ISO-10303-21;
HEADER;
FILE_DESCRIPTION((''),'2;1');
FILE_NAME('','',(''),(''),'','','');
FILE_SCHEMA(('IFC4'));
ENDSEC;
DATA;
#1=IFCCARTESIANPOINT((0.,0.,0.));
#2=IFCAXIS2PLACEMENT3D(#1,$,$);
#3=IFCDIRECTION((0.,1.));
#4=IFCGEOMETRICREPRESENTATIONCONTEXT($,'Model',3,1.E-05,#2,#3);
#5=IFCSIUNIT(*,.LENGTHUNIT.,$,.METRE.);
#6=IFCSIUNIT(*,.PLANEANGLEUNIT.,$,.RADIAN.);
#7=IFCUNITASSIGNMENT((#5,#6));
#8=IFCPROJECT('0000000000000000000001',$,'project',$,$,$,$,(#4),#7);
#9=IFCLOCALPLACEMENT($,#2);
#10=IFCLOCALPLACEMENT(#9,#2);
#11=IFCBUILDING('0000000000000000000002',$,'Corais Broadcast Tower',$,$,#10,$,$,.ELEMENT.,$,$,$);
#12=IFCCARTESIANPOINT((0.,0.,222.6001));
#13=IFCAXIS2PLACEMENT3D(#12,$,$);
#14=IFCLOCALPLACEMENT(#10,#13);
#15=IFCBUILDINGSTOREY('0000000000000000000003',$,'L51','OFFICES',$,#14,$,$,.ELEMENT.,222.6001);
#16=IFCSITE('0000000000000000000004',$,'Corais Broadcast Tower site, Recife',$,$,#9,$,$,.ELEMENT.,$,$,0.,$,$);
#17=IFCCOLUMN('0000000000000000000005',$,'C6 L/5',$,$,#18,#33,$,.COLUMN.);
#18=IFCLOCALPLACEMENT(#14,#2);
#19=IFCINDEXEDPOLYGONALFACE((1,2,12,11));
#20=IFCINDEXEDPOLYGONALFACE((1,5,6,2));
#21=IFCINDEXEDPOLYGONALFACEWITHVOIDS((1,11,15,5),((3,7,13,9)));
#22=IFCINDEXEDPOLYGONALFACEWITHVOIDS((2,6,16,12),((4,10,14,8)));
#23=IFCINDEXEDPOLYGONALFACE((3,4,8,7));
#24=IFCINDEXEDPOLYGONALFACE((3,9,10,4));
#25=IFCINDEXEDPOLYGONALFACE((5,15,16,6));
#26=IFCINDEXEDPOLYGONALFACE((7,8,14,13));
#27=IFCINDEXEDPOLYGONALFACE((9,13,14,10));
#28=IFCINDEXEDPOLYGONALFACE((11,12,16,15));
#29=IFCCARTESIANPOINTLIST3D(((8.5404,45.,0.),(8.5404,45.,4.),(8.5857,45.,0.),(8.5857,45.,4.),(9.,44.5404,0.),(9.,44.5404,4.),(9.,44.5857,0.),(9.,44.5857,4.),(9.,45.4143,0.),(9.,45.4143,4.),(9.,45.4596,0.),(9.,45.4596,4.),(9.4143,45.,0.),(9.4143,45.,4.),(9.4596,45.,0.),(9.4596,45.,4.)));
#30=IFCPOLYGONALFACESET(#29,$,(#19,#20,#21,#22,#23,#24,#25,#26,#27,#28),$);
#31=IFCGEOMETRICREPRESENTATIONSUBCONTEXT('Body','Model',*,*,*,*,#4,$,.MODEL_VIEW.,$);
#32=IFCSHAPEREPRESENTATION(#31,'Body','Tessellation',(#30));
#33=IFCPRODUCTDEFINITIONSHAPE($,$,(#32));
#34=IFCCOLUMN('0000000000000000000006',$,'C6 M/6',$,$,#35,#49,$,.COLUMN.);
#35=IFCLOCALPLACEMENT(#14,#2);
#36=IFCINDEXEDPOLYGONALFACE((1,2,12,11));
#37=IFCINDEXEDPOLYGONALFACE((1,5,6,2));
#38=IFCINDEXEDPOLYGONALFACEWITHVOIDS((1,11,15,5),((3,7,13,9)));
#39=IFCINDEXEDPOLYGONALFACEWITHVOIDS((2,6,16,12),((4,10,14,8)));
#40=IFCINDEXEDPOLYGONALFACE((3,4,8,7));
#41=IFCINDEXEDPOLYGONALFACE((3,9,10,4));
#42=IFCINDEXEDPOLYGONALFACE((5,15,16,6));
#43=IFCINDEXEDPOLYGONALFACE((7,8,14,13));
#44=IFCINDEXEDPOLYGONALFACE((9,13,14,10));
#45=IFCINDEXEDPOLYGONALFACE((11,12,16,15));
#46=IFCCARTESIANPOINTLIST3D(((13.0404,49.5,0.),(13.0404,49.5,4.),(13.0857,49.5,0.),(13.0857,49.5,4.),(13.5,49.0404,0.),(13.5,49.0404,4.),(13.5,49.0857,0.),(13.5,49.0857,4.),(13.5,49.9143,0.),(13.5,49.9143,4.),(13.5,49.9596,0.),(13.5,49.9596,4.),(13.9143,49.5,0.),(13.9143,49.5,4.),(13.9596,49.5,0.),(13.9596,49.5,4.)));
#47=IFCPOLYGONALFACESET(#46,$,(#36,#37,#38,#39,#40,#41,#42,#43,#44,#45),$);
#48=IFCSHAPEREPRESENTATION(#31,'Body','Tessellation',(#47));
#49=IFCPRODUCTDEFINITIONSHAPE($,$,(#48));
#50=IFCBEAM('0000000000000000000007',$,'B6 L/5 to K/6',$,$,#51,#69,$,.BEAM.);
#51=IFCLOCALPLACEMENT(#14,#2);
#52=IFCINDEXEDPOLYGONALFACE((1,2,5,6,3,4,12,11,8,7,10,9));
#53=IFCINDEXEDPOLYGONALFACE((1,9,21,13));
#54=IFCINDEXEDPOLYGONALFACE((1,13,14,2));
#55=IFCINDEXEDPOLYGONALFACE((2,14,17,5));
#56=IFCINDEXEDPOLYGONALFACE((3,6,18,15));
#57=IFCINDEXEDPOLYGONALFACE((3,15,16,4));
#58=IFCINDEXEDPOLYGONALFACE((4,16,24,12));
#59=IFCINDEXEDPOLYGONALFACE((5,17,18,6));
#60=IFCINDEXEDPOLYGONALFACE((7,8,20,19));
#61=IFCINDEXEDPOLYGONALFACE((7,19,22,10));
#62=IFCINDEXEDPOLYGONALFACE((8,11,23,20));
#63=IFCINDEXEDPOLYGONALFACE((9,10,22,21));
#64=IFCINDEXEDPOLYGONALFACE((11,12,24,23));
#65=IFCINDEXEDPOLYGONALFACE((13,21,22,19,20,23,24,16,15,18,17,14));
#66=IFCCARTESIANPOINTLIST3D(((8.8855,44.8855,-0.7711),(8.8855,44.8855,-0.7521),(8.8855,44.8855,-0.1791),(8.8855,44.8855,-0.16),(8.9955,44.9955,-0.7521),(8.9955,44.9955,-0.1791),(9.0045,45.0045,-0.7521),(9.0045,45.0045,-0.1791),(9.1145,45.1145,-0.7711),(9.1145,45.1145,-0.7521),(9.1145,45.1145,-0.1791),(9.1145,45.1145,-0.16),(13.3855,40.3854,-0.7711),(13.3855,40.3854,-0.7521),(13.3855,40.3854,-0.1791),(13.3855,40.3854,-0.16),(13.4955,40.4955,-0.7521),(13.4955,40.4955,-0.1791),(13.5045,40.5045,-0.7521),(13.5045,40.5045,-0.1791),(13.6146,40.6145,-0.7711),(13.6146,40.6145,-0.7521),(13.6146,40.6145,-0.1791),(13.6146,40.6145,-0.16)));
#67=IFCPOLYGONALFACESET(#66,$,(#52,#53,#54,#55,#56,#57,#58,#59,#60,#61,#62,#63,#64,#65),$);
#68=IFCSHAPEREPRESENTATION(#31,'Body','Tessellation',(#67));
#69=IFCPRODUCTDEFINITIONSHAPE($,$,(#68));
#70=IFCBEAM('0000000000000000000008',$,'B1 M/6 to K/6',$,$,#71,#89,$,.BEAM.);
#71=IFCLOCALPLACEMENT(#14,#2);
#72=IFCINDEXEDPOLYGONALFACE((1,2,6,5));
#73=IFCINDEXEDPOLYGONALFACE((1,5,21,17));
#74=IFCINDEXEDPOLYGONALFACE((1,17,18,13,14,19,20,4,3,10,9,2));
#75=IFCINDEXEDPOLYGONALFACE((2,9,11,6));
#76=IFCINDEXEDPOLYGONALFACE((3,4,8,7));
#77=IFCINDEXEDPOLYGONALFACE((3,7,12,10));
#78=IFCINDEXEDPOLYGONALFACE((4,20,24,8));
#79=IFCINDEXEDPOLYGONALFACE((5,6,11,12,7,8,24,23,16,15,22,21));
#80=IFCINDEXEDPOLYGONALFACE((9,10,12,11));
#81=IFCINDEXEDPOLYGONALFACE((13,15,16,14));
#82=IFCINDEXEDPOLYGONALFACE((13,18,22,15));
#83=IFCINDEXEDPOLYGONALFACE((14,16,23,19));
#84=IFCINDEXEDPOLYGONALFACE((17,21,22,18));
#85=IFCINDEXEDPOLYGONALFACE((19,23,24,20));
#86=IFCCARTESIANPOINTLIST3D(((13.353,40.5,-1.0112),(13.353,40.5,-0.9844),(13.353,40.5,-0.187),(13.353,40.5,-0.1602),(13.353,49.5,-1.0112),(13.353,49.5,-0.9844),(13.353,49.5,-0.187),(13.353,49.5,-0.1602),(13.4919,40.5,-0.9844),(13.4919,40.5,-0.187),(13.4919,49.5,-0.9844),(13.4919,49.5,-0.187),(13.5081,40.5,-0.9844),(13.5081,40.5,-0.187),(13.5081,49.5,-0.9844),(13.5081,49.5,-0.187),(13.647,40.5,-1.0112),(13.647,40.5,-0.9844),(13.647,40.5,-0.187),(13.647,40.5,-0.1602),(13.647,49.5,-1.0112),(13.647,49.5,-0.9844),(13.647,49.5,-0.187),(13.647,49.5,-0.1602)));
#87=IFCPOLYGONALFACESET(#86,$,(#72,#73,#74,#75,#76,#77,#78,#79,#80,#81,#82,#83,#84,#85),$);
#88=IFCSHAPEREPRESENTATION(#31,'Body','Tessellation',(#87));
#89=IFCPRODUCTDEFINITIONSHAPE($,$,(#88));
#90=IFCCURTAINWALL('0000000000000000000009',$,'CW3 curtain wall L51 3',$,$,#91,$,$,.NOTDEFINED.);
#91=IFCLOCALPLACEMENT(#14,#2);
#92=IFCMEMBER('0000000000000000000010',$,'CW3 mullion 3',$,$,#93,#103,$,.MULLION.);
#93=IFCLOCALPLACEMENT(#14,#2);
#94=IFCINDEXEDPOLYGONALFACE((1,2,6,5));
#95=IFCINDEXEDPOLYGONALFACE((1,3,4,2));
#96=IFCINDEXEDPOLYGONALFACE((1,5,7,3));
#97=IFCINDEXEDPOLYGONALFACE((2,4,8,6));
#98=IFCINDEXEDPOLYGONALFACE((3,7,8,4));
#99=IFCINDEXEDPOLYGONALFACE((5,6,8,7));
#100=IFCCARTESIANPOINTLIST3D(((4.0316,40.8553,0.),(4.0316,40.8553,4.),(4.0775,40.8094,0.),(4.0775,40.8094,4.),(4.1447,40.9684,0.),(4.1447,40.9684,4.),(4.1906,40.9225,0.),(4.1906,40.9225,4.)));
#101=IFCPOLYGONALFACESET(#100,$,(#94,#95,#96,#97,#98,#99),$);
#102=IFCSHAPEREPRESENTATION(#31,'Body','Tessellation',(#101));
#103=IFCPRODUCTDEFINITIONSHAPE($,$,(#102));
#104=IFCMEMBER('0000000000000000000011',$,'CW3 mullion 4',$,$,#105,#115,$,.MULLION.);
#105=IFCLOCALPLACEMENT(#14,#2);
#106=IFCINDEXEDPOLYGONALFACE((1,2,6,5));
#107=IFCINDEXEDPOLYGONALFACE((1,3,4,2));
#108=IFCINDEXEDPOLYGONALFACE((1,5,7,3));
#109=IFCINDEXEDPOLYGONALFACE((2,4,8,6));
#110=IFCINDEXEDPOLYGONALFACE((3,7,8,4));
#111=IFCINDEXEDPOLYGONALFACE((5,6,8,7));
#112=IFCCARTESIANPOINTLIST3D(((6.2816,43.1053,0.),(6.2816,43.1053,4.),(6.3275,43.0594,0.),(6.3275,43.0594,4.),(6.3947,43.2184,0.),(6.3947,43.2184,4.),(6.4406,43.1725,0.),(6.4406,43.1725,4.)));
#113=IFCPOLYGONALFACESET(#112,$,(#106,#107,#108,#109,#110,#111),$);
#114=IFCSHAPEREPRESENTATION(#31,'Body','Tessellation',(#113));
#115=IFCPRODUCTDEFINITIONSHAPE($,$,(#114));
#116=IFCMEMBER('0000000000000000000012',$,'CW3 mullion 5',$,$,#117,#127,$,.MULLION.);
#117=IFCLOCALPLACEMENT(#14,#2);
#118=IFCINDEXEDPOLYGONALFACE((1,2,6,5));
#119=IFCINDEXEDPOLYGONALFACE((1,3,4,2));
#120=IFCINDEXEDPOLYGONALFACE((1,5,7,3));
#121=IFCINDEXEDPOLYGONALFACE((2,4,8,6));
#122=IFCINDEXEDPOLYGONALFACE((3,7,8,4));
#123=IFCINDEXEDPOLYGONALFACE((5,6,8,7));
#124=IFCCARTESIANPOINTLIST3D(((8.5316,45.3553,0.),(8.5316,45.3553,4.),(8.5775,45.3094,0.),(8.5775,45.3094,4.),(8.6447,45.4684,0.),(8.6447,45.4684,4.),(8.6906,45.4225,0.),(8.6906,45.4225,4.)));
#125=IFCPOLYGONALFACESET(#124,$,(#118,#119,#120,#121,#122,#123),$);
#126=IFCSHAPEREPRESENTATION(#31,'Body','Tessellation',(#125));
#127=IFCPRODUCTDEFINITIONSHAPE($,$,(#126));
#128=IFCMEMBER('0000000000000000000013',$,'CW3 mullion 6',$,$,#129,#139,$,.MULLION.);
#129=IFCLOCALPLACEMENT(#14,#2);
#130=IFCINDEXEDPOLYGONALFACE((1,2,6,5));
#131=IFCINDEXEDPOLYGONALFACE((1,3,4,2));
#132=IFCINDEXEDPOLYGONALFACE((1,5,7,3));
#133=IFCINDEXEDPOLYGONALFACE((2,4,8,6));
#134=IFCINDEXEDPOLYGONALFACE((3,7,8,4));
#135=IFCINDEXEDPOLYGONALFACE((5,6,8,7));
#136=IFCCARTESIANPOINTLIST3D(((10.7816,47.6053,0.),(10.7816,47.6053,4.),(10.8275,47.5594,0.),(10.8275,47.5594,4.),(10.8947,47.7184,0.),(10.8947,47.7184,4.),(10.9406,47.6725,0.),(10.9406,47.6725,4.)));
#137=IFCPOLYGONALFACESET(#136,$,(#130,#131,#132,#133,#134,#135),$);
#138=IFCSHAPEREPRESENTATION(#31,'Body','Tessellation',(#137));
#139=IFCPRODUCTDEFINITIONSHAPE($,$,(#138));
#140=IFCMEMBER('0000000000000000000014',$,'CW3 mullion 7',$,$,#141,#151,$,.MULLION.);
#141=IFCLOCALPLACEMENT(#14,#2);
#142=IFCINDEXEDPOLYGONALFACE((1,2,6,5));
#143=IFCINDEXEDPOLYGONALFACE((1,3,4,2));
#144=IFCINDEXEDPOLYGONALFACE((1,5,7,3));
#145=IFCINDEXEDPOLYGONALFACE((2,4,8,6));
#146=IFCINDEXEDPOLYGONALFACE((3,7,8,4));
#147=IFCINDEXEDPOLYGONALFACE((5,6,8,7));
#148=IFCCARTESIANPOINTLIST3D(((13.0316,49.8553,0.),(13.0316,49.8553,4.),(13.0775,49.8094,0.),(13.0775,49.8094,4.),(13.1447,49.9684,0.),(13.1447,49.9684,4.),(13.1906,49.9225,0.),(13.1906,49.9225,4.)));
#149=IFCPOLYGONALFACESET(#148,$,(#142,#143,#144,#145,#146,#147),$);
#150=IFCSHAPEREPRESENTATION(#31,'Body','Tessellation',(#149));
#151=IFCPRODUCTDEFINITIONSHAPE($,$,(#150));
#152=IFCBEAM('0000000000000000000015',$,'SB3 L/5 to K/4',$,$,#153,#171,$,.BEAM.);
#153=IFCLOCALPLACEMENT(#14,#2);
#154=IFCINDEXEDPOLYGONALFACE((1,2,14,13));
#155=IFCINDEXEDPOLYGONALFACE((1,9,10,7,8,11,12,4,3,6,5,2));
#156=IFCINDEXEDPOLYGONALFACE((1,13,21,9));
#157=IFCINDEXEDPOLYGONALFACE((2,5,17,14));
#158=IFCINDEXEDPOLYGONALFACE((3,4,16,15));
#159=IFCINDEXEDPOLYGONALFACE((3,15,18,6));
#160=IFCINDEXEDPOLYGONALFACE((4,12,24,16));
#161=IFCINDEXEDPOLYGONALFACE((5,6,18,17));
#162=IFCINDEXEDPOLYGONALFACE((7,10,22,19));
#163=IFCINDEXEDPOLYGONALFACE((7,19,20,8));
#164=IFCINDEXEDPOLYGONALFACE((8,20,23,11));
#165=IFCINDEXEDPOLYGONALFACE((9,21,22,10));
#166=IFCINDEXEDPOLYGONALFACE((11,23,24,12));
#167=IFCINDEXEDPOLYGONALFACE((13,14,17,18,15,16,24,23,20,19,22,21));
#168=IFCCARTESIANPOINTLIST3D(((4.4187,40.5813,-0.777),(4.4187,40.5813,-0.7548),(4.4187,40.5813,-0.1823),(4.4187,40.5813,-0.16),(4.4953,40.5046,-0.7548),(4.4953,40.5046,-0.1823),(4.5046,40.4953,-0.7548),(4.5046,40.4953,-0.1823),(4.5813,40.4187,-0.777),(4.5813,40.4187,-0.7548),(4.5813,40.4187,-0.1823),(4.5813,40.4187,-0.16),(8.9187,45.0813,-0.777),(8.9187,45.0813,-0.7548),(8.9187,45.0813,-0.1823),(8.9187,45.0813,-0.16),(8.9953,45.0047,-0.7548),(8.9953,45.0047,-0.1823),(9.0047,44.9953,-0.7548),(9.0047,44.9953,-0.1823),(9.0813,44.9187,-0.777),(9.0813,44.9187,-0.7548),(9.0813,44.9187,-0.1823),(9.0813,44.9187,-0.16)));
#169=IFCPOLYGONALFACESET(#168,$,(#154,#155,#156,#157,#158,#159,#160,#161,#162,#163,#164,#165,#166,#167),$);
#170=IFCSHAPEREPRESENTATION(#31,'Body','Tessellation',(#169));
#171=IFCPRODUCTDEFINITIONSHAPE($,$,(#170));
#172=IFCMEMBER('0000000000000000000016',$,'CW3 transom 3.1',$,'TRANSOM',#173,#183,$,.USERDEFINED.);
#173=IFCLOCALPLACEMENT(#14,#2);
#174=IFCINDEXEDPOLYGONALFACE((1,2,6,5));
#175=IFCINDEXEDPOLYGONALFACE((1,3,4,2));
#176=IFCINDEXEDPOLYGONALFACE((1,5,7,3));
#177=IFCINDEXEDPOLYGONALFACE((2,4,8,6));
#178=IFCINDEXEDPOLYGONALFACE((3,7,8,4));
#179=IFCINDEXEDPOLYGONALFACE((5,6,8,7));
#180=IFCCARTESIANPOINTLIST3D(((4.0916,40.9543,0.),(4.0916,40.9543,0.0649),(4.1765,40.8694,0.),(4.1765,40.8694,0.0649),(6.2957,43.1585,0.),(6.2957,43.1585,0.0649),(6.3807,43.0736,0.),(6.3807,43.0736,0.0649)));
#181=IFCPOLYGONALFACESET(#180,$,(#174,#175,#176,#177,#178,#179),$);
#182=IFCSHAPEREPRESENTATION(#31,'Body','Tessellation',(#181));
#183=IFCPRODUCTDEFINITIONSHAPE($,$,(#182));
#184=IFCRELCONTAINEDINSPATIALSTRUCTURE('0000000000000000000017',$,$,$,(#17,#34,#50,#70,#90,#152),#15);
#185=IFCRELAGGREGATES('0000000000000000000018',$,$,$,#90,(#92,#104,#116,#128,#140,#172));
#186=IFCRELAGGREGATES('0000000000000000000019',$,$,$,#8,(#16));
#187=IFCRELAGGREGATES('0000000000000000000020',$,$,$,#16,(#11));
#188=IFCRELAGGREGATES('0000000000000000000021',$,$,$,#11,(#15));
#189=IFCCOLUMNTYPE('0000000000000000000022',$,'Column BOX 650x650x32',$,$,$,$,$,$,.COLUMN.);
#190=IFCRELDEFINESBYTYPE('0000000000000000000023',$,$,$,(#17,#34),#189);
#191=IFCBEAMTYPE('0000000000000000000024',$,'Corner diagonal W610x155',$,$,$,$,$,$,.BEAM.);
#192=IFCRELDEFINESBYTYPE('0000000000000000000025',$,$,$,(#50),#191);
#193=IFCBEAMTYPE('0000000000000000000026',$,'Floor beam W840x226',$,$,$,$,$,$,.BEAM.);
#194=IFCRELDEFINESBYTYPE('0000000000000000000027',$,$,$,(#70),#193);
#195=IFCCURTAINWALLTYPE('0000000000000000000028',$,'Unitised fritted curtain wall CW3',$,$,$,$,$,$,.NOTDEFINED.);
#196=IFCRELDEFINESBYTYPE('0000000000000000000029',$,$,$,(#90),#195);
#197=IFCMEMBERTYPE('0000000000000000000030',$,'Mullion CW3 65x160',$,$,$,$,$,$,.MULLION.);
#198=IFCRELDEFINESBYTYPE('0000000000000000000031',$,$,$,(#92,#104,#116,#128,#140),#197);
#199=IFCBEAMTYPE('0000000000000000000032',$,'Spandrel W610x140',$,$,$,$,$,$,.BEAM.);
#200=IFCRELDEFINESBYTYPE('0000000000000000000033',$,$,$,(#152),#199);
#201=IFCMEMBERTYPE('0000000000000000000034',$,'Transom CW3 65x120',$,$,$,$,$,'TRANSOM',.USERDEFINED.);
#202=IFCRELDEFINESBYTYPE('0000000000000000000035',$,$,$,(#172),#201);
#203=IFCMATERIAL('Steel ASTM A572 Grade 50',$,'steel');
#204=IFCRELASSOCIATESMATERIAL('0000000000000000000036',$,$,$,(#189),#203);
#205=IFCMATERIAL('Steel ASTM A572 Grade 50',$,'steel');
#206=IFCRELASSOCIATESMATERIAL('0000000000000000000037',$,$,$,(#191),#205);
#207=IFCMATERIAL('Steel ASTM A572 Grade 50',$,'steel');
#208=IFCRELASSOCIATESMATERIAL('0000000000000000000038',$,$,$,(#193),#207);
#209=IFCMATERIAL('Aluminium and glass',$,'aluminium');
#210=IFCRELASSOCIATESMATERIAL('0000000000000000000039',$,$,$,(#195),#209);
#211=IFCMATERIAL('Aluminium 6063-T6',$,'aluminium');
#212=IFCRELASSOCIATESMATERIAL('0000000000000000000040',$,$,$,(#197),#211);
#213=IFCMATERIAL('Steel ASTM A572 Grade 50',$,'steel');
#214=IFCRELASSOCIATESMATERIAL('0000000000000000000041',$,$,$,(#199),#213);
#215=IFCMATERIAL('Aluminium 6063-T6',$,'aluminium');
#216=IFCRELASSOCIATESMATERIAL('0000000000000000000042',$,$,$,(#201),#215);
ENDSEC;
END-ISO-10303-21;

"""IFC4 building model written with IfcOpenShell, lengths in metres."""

from ifc_helpers import new_model, si_unit, direction, frame, origin, origin_2d, place, context, subcontext, project, spatial, rectangle, hollow_rectangle, i_section, extrude, material, material_profile, profile_set, type_object, element, aggregate, save


model = new_model("IFC4")

# Units and contexts
model_context = context("Model", 3, precision=1e-05, world=origin(), true_north=direction((0.0, 1.0)))
body_context = subcontext(model_context, "Body", "Model", "MODEL_VIEW")
ifc_project = project(units=[si_unit("LENGTHUNIT", "METRE"), si_unit("PLANEANGLEUNIT", "RADIAN")], contexts=[model_context])

# Site, building, storey
site_placement = place(None, origin())
site = spatial("IfcSite", under=ifc_project, at=site_placement, Name="Corais Broadcast Tower site, Recife", CompositionType="ELEMENT", RefElevation=0.0)
building_placement = place(site_placement, origin())
building = spatial("IfcBuilding", under=site, at=building_placement, Name="Corais Broadcast Tower", CompositionType="ELEMENT")
storey_placement = place(building_placement, frame((0.0, 0.0, 222.6001)))
storey = spatial("IfcBuildingStorey", under=building, at=storey_placement, Name="L51", Description="OFFICES", CompositionType="ELEMENT", Elevation=222.6001)

# Columns
ifc_material_1 = material(Name="Steel ASTM A572 Grade 50", Category="steel")
ifc_material_profile_1 = material_profile(ifc_material_1, hollow_rectangle(XDim=0.6499, YDim=0.6499, WallThickness=0.032, at=origin_2d()), Name="BOX 650x650x32")
ifc_profile_set_1 = profile_set([ifc_material_profile_1], Name="Steel ASTM A572 Grade 50")
column_type = type_object("IfcColumnType", Name="Column BOX 650x650x32", PredefinedType="COLUMN", material=ifc_profile_set_1)
for number, where, z_axis, x_axis, name in (
    (1, (9.0, 45.0, 0.0), (0.0, 0.0, 1.0), (0.707107, 0.707107, 0.0), "C6 L/5"),
    (2, (13.5, 49.5, 0.0), (0.0, 0.0, 1.0), (0.707107, 0.707107, 0.0), "C6 M/6"),
):
    element("IfcColumn", number, at=place(storey_placement, frame(where, z_axis=z_axis, x_axis=x_axis)), inside=storey, type_object=column_type, Name=name, PredefinedType="COLUMN", context=body_context, shape_type="SweptSolid", body=[
        extrude(hollow_rectangle(XDim=0.6499, YDim=0.6499, WallThickness=0.032, at=origin_2d()), origin(), (0.0, 0.0, 1.0), 4.0),
    ])

# Beams
ifc_material_2 = material(Name="Steel ASTM A572 Grade 50", Category="steel")
ifc_material_profile_2 = material_profile(ifc_material_2, i_section(OverallWidth=0.324, OverallDepth=0.6111, WebThickness=0.0127, FlangeThickness=0.019, at=origin_2d()), Name="W610x155")
ifc_profile_set_2 = profile_set([ifc_material_profile_2], Name="Steel ASTM A572 Grade 50")
beam_type_1 = type_object("IfcBeamType", Name="Corner diagonal W610x155", PredefinedType="BEAM", material=ifc_profile_set_2)
beam_1_placement = place(storey_placement, frame((9.0, 45.0, -0.4656), z_axis=(0.707107, -0.707107, 0.0), x_axis=(0.707107, 0.707107, 0.0)))
element("IfcBeam", 3, at=beam_1_placement, inside=storey, type_object=beam_type_1, Name="B6 L/5 to K/6", PredefinedType="BEAM", context=body_context, shape_type="SweptSolid", body=[
    extrude(i_section(OverallWidth=0.324, OverallDepth=0.6111, WebThickness=0.0127, FlangeThickness=0.019, at=origin_2d()), origin(), (0.0, 0.0, 1.0), 6.364),
])
ifc_material_3 = material(Name="Steel ASTM A572 Grade 50", Category="steel")
ifc_material_profile_3 = material_profile(ifc_material_3, i_section(OverallWidth=0.2939, OverallDepth=0.8511, WebThickness=0.0161, FlangeThickness=0.0269, at=origin_2d()), Name="W840x226")
ifc_profile_set_3 = profile_set([ifc_material_profile_3], Name="Steel ASTM A572 Grade 50")
beam_type_2 = type_object("IfcBeamType", Name="Floor beam W840x226", PredefinedType="BEAM", material=ifc_profile_set_3)
beam_2_placement = place(storey_placement, frame((13.5, 49.5, -0.5857), z_axis=(0.0, -1.0, 0.0), x_axis=(1.0, 0.0, 0.0)))
element("IfcBeam", 4, at=beam_2_placement, inside=storey, type_object=beam_type_2, Name="B1 M/6 to K/6", PredefinedType="BEAM", context=body_context, shape_type="SweptSolid", body=[
    extrude(i_section(OverallWidth=0.2939, OverallDepth=0.8511, WebThickness=0.0161, FlangeThickness=0.0269, at=origin_2d()), origin(), (0.0, 0.0, 1.0), 9.0),
])

# Curtain wall, members
ifc_material_4 = material(Name="Aluminium and glass", Category="aluminium")
curtain_wall_type = type_object("IfcCurtainWallType", Name="Unitised fritted curtain wall CW3", PredefinedType="NOTDEFINED", material=ifc_material_4)
curtain_wall_placement = place(storey_placement, origin())
curtain_wall = element("IfcCurtainWall", 5, at=curtain_wall_placement, inside=storey, type_object=curtain_wall_type, Name="CW3 curtain wall L51 3", PredefinedType="NOTDEFINED")
ifc_material_5 = material(Name="Aluminium 6063-T6", Category="aluminium")
ifc_material_profile_4 = material_profile(ifc_material_5, rectangle(XDim=0.0649, YDim=0.1599, at=origin_2d()), Name="Mullion CW3 65x160")
ifc_profile_set_4 = profile_set([ifc_material_profile_4], Name="Aluminium 6063-T6")
member_type_1 = type_object("IfcMemberType", Name="Mullion CW3 65x160", PredefinedType="MULLION", material=ifc_profile_set_4)
member_1_placement = place(storey_placement, frame((4.1111, 40.8889, 0.0), z_axis=(0.0, 0.0, 1.0), x_axis=(-0.707107, 0.707107, 0.0)))
member_1 = element("IfcMember", 6, at=member_1_placement, type_object=member_type_1, Name="CW3 mullion 3", PredefinedType="MULLION", context=body_context, shape_type="SweptSolid", body=[
    extrude(rectangle(XDim=0.0649, YDim=0.1599, at=origin_2d()), origin(), (0.0, 0.0, 1.0), 4.0),
])
member_2_placement = place(storey_placement, frame((6.3611, 43.1389, 0.0), z_axis=(0.0, 0.0, 1.0), x_axis=(-0.707107, 0.707107, 0.0)))
member_2 = element("IfcMember", 7, at=member_2_placement, type_object=member_type_1, Name="CW3 mullion 4", PredefinedType="MULLION", context=body_context, shape_type="SweptSolid", body=[
    extrude(rectangle(XDim=0.0649, YDim=0.1599, at=origin_2d()), origin(), (0.0, 0.0, 1.0), 4.0),
])
member_3_placement = place(storey_placement, frame((8.6111, 45.3889, 0.0), z_axis=(0.0, 0.0, 1.0), x_axis=(-0.707107, 0.707107, 0.0)))
member_3 = element("IfcMember", 8, at=member_3_placement, type_object=member_type_1, Name="CW3 mullion 5", PredefinedType="MULLION", context=body_context, shape_type="SweptSolid", body=[
    extrude(rectangle(XDim=0.0649, YDim=0.1599, at=origin_2d()), origin(), (0.0, 0.0, 1.0), 4.0),
])
member_4_placement = place(storey_placement, frame((10.8611, 47.6389, 0.0), z_axis=(0.0, 0.0, 1.0), x_axis=(-0.707107, 0.707107, 0.0)))
member_4 = element("IfcMember", 9, at=member_4_placement, type_object=member_type_1, Name="CW3 mullion 6", PredefinedType="MULLION", context=body_context, shape_type="SweptSolid", body=[
    extrude(rectangle(XDim=0.0649, YDim=0.1599, at=origin_2d()), origin(), (0.0, 0.0, 1.0), 4.0),
])
member_5_placement = place(storey_placement, frame((13.1111, 49.8889, 0.0), z_axis=(0.0, 0.0, 1.0), x_axis=(-0.707107, 0.707107, 0.0)))
member_5 = element("IfcMember", 10, at=member_5_placement, type_object=member_type_1, Name="CW3 mullion 7", PredefinedType="MULLION", context=body_context, shape_type="SweptSolid", body=[
    extrude(rectangle(XDim=0.0649, YDim=0.1599, at=origin_2d()), origin(), (0.0, 0.0, 1.0), 4.0),
])

# Beam
ifc_material_6 = material(Name="Steel ASTM A572 Grade 50", Category="steel")
ifc_material_profile_5 = material_profile(ifc_material_6, i_section(OverallWidth=0.23, OverallDepth=0.6169, WebThickness=0.0132, FlangeThickness=0.0222, at=origin_2d()), Name="W610x140")
ifc_profile_set_5 = profile_set([ifc_material_profile_5], Name="Steel ASTM A572 Grade 50")
beam_type_3 = type_object("IfcBeamType", Name="Spandrel W610x140", PredefinedType="BEAM", material=ifc_profile_set_5)
beam_3_placement = place(storey_placement, frame((9.0, 45.0, -0.4685), z_axis=(-0.707107, -0.707107, 0.0), x_axis=(0.707107, -0.707107, 0.0)))
element("IfcBeam", 11, at=beam_3_placement, inside=storey, type_object=beam_type_3, Name="SB3 L/5 to K/4", PredefinedType="BEAM", context=body_context, shape_type="SweptSolid", body=[
    extrude(i_section(OverallWidth=0.23, OverallDepth=0.6169, WebThickness=0.0132, FlangeThickness=0.0222, at=origin_2d()), origin(), (0.0, 0.0, 1.0), 6.364),
])

# Member
ifc_material_7 = material(Name="Aluminium 6063-T6", Category="aluminium")
ifc_material_profile_6 = material_profile(ifc_material_7, rectangle(XDim=0.1201, YDim=0.0649, at=origin_2d()), Name="Transom CW3 65x120")
ifc_profile_set_6 = profile_set([ifc_material_profile_6], Name="Aluminium 6063-T6")
member_type_2 = type_object("IfcMemberType", Name="Transom CW3 65x120", ElementType="TRANSOM", PredefinedType="USERDEFINED", material=ifc_profile_set_6)
member_6_placement = place(storey_placement, frame((4.134, 40.9119, 0.0325), z_axis=(0.707107, 0.707107, 0.0), x_axis=(-0.707107, 0.707107, 0.0)))
member_6 = element("IfcMember", 12, at=member_6_placement, type_object=member_type_2, Name="CW3 transom 3.1", ObjectType="TRANSOM", PredefinedType="USERDEFINED", context=body_context, shape_type="SweptSolid", body=[
    extrude(rectangle(XDim=0.1201, YDim=0.0649, at=origin_2d()), origin(), (0.0, 0.0, 1.0), 3.1172),
])

aggregate(curtain_wall, [member_1, member_2, member_3, member_4, member_5, member_6])

save(model, "model.ifc")
